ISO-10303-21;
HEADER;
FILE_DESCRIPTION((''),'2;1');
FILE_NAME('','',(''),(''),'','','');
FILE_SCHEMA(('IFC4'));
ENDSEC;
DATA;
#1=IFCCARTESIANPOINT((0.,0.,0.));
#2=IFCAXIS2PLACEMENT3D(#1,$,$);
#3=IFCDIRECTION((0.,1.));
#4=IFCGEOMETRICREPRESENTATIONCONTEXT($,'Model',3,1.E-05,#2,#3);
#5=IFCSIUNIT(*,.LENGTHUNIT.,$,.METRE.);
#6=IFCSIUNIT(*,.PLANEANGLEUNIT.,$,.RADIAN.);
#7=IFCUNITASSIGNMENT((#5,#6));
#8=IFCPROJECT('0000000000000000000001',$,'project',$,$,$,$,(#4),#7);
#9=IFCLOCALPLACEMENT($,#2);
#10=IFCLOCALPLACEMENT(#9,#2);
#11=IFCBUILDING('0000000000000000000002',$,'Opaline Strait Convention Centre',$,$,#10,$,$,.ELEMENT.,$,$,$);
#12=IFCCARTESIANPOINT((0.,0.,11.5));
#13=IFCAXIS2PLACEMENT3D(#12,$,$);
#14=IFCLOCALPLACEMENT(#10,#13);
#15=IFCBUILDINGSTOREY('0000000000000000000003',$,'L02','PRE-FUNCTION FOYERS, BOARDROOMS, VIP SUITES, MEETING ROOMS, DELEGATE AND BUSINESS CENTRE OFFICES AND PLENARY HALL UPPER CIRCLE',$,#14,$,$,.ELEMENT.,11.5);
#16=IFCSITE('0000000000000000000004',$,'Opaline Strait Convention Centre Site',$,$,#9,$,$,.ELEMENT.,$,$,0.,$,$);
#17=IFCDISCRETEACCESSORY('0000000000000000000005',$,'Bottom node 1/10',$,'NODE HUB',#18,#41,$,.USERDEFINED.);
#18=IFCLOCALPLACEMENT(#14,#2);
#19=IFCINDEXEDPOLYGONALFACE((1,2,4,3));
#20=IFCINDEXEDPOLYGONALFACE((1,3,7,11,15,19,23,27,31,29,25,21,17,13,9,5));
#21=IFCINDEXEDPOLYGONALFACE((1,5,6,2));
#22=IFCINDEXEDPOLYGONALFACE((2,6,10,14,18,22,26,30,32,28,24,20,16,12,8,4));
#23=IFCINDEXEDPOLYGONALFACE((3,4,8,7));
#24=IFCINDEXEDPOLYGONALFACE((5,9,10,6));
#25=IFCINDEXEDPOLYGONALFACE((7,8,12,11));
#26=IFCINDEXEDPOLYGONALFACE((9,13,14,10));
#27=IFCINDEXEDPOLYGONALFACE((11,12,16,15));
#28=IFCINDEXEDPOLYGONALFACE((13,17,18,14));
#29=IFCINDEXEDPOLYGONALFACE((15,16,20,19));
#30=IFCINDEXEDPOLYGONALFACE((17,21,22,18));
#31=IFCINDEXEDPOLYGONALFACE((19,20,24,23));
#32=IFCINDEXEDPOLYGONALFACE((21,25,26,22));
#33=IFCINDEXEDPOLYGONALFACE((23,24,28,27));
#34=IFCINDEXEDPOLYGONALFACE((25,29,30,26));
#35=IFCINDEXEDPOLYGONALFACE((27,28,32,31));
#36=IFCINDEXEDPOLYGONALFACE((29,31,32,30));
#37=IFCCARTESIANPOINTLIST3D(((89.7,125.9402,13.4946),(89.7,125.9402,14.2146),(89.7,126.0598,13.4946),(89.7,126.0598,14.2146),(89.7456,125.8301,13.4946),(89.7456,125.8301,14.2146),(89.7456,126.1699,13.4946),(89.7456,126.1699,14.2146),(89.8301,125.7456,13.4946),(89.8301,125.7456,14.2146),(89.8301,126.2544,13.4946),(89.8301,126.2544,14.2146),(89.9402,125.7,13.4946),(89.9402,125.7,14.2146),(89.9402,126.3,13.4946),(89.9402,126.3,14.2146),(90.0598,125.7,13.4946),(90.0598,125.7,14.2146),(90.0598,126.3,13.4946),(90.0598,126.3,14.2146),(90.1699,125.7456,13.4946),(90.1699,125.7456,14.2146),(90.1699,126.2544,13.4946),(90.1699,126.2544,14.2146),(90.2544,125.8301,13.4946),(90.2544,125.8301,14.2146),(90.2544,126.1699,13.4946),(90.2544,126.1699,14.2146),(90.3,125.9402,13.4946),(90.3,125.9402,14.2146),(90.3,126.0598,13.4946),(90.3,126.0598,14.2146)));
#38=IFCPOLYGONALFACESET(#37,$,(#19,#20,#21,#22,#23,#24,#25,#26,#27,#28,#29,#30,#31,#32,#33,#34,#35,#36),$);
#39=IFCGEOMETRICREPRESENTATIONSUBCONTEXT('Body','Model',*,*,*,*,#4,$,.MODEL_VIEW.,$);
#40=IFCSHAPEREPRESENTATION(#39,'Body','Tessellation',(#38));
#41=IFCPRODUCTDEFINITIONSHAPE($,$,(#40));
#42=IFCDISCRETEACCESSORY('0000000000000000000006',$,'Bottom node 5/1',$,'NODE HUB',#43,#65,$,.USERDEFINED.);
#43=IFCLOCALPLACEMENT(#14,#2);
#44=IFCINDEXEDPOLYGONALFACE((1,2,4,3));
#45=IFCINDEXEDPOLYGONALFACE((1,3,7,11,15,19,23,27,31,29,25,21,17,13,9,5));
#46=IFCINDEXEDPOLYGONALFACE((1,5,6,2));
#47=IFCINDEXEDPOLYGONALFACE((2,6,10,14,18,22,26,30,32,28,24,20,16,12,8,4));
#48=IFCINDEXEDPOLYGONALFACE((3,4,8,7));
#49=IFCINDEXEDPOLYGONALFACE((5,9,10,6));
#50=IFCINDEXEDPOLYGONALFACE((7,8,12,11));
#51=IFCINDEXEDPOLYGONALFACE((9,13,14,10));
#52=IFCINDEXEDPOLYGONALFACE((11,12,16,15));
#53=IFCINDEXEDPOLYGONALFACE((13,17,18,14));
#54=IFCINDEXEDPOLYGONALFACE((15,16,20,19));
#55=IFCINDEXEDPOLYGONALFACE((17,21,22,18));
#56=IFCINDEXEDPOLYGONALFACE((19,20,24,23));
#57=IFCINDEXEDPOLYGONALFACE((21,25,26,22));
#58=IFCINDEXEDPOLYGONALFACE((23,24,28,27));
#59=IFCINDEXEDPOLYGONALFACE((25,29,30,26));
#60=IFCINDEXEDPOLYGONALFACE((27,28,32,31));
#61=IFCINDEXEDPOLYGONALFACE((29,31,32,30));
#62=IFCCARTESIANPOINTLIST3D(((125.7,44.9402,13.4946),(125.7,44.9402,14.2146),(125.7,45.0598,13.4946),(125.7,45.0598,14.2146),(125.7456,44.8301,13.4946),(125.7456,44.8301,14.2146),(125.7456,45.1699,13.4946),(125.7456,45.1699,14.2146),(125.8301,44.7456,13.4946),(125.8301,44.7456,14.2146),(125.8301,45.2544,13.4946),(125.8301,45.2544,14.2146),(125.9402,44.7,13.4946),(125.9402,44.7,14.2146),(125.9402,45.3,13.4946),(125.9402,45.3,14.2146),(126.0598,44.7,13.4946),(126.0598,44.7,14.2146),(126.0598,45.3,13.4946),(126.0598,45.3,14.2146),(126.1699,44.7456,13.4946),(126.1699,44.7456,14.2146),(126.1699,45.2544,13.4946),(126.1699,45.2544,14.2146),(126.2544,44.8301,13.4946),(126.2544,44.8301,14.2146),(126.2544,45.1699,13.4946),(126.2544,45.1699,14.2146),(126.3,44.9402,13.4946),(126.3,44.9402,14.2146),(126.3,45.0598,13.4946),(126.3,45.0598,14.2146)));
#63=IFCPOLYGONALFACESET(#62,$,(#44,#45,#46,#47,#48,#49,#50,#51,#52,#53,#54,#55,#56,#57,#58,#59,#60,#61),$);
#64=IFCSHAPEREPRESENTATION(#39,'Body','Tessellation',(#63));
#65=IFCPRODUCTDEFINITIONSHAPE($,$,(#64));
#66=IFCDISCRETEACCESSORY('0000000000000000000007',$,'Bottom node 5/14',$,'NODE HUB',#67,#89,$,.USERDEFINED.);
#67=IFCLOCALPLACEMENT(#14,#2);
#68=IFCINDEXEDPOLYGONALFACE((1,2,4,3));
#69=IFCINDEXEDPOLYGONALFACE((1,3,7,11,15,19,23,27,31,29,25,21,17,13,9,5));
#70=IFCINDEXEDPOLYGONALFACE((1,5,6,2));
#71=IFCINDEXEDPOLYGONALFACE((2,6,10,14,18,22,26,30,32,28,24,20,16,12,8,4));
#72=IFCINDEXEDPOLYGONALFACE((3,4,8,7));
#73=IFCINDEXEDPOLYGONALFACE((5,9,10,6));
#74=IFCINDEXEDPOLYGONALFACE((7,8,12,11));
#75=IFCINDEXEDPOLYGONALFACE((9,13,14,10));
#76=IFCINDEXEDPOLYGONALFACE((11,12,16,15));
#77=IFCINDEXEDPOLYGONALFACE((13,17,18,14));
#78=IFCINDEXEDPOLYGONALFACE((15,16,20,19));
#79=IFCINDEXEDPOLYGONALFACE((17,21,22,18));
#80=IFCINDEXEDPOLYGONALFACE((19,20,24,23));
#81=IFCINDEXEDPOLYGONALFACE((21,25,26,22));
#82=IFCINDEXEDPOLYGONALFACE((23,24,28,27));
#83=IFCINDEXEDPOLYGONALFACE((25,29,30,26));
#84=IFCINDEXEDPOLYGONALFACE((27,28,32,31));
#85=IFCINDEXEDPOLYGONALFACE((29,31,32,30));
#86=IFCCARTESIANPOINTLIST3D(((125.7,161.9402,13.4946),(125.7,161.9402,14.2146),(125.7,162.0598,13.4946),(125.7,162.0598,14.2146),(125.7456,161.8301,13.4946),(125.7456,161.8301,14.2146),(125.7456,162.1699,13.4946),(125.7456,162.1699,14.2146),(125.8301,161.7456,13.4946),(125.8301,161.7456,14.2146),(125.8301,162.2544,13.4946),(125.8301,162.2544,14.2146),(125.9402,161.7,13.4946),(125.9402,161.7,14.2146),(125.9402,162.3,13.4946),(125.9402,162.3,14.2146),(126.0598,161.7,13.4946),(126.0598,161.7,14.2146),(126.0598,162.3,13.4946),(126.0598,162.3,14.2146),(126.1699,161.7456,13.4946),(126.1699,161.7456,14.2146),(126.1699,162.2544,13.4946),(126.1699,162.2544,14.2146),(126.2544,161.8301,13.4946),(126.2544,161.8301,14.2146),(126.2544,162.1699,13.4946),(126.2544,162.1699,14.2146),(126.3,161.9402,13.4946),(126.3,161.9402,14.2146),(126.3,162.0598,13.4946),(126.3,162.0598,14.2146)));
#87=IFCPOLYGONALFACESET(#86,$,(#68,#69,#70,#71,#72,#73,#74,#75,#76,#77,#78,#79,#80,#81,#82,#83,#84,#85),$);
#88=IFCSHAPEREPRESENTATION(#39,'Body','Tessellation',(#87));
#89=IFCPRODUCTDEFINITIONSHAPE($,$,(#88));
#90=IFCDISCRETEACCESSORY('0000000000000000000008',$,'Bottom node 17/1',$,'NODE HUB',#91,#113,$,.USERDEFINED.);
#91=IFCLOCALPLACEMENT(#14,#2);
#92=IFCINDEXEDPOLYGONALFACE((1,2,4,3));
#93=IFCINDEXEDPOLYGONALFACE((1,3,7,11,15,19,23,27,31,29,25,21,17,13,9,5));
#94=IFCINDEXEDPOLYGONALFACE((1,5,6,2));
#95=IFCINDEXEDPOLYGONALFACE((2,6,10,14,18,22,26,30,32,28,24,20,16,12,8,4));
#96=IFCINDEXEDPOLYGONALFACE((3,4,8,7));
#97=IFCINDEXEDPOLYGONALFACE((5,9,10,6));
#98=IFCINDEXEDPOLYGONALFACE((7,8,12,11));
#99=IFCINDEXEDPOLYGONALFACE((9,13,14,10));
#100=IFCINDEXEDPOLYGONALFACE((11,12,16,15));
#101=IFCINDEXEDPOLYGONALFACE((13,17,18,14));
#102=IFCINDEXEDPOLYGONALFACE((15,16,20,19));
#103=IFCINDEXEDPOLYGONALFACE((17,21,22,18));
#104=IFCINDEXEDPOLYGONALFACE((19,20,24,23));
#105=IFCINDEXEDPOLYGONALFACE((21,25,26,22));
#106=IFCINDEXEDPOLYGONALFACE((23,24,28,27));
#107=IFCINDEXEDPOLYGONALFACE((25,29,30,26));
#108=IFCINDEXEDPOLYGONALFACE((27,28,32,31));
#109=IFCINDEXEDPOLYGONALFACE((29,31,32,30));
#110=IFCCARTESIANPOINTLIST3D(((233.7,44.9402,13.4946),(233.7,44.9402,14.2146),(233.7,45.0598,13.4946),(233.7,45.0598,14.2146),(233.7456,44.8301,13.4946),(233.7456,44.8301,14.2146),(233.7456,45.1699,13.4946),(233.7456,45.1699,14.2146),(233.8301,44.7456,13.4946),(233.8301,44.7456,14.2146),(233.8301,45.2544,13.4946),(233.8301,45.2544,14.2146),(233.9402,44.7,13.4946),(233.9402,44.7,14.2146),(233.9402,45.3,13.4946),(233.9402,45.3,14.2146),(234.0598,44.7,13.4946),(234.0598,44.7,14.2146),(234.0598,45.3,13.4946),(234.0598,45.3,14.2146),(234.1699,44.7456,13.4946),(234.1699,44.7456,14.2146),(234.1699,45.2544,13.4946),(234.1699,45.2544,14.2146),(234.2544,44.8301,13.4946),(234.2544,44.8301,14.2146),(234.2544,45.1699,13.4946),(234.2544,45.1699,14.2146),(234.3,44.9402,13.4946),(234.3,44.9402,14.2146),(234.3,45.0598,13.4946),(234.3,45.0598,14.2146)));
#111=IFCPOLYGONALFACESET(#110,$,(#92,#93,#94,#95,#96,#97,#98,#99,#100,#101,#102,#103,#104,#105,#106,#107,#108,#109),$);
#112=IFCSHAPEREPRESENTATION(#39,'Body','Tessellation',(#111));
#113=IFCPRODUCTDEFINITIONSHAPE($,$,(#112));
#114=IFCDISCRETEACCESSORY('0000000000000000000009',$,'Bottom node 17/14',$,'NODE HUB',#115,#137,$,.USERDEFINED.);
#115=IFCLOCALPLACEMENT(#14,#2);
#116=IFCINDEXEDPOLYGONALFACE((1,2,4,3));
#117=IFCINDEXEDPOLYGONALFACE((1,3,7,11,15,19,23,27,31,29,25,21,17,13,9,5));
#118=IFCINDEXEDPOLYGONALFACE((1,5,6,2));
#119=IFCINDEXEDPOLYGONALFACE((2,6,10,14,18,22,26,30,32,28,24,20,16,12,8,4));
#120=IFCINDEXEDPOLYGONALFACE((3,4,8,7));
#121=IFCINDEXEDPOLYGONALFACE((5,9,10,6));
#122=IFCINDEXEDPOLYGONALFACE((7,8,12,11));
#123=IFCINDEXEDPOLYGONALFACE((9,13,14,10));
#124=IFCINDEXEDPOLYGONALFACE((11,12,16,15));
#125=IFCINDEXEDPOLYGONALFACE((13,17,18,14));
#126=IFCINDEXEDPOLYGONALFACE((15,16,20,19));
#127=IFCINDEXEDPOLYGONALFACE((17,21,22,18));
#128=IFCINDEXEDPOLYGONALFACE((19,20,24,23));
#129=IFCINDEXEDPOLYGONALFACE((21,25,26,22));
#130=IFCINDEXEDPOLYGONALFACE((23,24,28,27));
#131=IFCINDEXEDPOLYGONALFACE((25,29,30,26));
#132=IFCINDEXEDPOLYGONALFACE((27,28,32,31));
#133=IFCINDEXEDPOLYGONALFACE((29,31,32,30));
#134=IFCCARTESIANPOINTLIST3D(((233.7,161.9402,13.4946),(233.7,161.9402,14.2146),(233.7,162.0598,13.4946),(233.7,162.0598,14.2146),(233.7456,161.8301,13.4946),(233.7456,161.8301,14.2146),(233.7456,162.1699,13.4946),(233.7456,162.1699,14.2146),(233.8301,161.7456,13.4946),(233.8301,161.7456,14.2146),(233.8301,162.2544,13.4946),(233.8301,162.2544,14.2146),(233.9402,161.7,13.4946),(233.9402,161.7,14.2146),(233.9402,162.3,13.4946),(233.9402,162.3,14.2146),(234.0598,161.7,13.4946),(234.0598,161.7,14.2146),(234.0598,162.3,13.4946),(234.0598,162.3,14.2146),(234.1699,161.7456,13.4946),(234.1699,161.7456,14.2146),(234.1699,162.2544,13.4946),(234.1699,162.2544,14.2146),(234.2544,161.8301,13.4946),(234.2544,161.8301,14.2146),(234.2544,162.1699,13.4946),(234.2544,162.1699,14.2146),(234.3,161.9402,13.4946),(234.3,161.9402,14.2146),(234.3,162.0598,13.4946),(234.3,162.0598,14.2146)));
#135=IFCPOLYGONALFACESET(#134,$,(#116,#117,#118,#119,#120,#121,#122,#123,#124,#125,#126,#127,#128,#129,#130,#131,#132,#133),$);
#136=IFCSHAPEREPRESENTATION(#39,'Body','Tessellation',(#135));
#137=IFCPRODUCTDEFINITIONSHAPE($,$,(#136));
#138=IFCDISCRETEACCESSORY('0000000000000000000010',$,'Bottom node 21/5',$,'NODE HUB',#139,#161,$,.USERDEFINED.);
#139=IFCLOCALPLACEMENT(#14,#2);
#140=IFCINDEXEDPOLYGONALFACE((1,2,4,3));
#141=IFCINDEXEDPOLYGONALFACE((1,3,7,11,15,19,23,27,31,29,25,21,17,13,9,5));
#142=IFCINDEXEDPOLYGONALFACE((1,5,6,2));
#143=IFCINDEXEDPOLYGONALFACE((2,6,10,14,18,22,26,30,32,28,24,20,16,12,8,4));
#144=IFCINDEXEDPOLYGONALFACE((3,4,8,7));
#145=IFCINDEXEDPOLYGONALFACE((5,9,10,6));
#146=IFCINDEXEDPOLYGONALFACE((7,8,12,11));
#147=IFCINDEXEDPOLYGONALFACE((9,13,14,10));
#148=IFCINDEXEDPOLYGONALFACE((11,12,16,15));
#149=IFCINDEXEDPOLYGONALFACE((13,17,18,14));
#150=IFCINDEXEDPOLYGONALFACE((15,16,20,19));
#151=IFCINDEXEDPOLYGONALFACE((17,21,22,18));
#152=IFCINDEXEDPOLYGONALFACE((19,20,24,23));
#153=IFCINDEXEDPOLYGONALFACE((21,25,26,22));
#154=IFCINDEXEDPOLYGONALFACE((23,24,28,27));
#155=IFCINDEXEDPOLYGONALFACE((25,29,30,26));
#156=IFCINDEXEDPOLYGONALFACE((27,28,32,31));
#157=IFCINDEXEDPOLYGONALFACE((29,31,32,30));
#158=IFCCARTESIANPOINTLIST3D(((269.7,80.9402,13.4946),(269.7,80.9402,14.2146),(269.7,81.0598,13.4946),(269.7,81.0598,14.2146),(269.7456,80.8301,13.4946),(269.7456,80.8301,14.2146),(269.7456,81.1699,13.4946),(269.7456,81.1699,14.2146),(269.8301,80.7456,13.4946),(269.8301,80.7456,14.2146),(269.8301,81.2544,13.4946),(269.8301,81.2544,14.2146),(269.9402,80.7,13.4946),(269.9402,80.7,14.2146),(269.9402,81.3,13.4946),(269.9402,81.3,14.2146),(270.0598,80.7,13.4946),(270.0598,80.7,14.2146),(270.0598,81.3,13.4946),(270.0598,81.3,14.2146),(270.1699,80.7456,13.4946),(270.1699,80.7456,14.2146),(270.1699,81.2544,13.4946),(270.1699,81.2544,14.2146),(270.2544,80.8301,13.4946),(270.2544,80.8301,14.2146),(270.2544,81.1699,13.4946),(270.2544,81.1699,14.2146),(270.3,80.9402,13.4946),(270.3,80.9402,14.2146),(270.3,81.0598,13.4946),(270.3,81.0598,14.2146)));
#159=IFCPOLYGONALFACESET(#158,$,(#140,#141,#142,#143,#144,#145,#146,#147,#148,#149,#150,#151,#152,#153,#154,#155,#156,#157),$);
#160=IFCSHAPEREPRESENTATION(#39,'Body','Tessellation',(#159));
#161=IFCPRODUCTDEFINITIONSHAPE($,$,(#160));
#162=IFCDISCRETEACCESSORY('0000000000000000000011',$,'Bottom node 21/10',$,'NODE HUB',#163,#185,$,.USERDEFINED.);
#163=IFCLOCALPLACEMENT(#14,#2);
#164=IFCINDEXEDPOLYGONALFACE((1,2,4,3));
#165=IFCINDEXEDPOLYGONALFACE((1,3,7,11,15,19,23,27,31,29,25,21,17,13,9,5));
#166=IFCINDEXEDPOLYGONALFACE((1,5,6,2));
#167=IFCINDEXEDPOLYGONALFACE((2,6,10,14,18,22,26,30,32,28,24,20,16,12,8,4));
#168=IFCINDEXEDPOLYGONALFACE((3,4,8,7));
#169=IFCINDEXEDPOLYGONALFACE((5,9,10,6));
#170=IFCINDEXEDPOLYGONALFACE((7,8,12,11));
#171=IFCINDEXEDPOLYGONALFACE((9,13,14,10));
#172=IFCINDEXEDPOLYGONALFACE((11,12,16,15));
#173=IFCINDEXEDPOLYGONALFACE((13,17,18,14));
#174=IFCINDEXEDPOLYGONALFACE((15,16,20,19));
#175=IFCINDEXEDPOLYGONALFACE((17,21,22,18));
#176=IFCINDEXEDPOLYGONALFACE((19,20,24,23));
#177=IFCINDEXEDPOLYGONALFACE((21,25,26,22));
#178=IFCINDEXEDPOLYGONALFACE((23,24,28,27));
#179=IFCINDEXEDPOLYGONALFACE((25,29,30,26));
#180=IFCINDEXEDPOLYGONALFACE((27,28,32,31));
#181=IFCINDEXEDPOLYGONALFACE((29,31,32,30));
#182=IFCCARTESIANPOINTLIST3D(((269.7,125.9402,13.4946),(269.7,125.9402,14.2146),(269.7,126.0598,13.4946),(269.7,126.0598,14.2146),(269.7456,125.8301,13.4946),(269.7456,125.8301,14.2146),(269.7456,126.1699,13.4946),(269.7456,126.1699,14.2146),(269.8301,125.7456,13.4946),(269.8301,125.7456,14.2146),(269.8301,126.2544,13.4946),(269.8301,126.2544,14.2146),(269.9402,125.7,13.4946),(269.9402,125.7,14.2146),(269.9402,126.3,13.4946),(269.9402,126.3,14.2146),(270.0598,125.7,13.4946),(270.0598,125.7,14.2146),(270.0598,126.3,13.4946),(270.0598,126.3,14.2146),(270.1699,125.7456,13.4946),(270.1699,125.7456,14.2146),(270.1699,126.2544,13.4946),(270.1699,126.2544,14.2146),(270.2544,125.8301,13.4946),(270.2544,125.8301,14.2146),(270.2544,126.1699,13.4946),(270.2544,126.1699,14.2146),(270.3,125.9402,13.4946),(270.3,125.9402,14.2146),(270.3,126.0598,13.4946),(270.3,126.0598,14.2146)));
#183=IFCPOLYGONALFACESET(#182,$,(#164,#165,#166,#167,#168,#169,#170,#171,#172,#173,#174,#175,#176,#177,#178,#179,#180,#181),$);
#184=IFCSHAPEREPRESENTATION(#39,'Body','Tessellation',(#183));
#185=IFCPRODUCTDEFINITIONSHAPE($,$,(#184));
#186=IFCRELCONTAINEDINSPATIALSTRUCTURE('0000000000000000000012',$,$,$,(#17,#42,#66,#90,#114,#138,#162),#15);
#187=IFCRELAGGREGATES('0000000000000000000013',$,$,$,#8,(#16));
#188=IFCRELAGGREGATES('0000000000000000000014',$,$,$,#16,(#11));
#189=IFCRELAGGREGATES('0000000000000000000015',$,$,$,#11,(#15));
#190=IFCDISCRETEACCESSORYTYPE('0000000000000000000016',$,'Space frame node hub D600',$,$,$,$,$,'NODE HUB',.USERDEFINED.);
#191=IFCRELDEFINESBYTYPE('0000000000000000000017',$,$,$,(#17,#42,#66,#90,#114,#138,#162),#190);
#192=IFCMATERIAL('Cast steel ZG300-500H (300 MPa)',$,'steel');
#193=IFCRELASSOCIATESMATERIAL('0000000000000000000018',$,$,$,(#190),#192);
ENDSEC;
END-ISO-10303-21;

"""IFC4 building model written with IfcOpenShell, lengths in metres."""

from ifc_helpers import new_model, si_unit, direction, frame, origin, place, context, subcontext, project, spatial, polyline, outline, extrude, material, type_object, element, save


model = new_model("IFC4")

# Units and contexts
model_context = context("Model", 3, precision=1e-05, world=origin(), true_north=direction((0.0, 1.0)))
body_context = subcontext(model_context, "Body", "Model", "MODEL_VIEW")
ifc_project = project(units=[si_unit("LENGTHUNIT", "METRE"), si_unit("PLANEANGLEUNIT", "RADIAN")], contexts=[model_context])

# Site, building, storey
site_placement = place(None, origin())
site = spatial("IfcSite", under=ifc_project, at=site_placement, Name="Opaline Strait Convention Centre Site", CompositionType="ELEMENT", RefElevation=0.0)
building_placement = place(site_placement, origin())
building = spatial("IfcBuilding", under=site, at=building_placement, Name="Opaline Strait Convention Centre", CompositionType="ELEMENT")
storey_placement = place(building_placement, frame((0.0, 0.0, 11.5)))
storey = spatial("IfcBuildingStorey", under=building, at=storey_placement, Name="L02", Description="PRE-FUNCTION FOYERS, BOARDROOMS, VIP SUITES, MEETING ROOMS, DELEGATE AND BUSINESS CENTRE OFFICES AND PLENARY HALL UPPER CIRCLE", CompositionType="ELEMENT", Elevation=11.5)

# Discrete accessories
ifc_material = material(Name="Cast steel ZG300-500H (300 MPa)", Category="steel")
discrete_accessory_type_1 = type_object("IfcDiscreteAccessoryType", Name="Space frame node hub D600", ElementType="NODE HUB", PredefinedType="USERDEFINED", material=ifc_material)
discrete_accessory_1_placement = place(storey_placement, frame((0.0, 0.0, 13.4946)))
element("IfcDiscreteAccessory", 1, at=discrete_accessory_1_placement, inside=storey, type_object=discrete_accessory_type_1, Name="Bottom node 1/10", ObjectType="NODE HUB", PredefinedType="USERDEFINED", context=body_context, shape_type="SweptSolid", body=[
    extrude(outline(polyline([(90.3, 126.0598), (90.2544, 126.1699), (90.1699, 126.2544), (90.0598, 126.3), (89.9402, 126.3), (89.8301, 126.2544), (89.7456, 126.1699), (89.7, 126.0598), (89.7, 125.9402), (89.7456, 125.8301), (89.8301, 125.7456), (89.9402, 125.7), (90.0598, 125.7), (90.1699, 125.7456), (90.2544, 125.8301), (90.3, 125.9402), (90.3, 126.0598)])), origin(), (0.0, 0.0, 1.0), 0.72),
])
discrete_accessory_2_placement = place(storey_placement, frame((0.0, 0.0, 13.4946)))
element("IfcDiscreteAccessory", 2, at=discrete_accessory_2_placement, inside=storey, type_object=discrete_accessory_type_1, Name="Bottom node 5/1", ObjectType="NODE HUB", PredefinedType="USERDEFINED", context=body_context, shape_type="SweptSolid", body=[
    extrude(outline(polyline([(126.3, 45.0598), (126.2544, 45.1699), (126.1699, 45.2544), (126.0598, 45.3), (125.9402, 45.3), (125.8301, 45.2544), (125.7456, 45.1699), (125.7, 45.0598), (125.7, 44.9402), (125.7456, 44.8301), (125.8301, 44.7456), (125.9402, 44.7), (126.0598, 44.7), (126.1699, 44.7456), (126.2544, 44.8301), (126.3, 44.9402), (126.3, 45.0598)])), origin(), (0.0, 0.0, 1.0), 0.72),
])
discrete_accessory_3_placement = place(storey_placement, frame((0.0, 0.0, 13.4946)))
element("IfcDiscreteAccessory", 3, at=discrete_accessory_3_placement, inside=storey, type_object=discrete_accessory_type_1, Name="Bottom node 5/14", ObjectType="NODE HUB", PredefinedType="USERDEFINED", context=body_context, shape_type="SweptSolid", body=[
    extrude(outline(polyline([(126.3, 162.0598), (126.2544, 162.1699), (126.1699, 162.2544), (126.0598, 162.3), (125.9402, 162.3), (125.8301, 162.2544), (125.7456, 162.1699), (125.7, 162.0598), (125.7, 161.9402), (125.7456, 161.8301), (125.8301, 161.7456), (125.9402, 161.7), (126.0598, 161.7), (126.1699, 161.7456), (126.2544, 161.8301), (126.3, 161.9402), (126.3, 162.0598)])), origin(), (0.0, 0.0, 1.0), 0.72),
])
discrete_accessory_4_placement = place(storey_placement, frame((0.0, 0.0, 13.4946)))
element("IfcDiscreteAccessory", 4, at=discrete_accessory_4_placement, inside=storey, type_object=discrete_accessory_type_1, Name="Bottom node 17/1", ObjectType="NODE HUB", PredefinedType="USERDEFINED", context=body_context, shape_type="SweptSolid", body=[
    extrude(outline(polyline([(234.3, 45.0598), (234.2544, 45.1699), (234.1699, 45.2544), (234.0598, 45.3), (233.9402, 45.3), (233.8301, 45.2544), (233.7456, 45.1699), (233.7, 45.0598), (233.7, 44.9402), (233.7456, 44.8301), (233.8301, 44.7456), (233.9402, 44.7), (234.0598, 44.7), (234.1699, 44.7456), (234.2544, 44.8301), (234.3, 44.9402), (234.3, 45.0598)])), origin(), (0.0, 0.0, 1.0), 0.72),
])
discrete_accessory_5_placement = place(storey_placement, frame((0.0, 0.0, 13.4946)))
element("IfcDiscreteAccessory", 5, at=discrete_accessory_5_placement, inside=storey, type_object=discrete_accessory_type_1, Name="Bottom node 17/14", ObjectType="NODE HUB", PredefinedType="USERDEFINED", context=body_context, shape_type="SweptSolid", body=[
    extrude(outline(polyline([(234.3, 162.0598), (234.2544, 162.1699), (234.1699, 162.2544), (234.0598, 162.3), (233.9402, 162.3), (233.8301, 162.2544), (233.7456, 162.1699), (233.7, 162.0598), (233.7, 161.9402), (233.7456, 161.8301), (233.8301, 161.7456), (233.9402, 161.7), (234.0598, 161.7), (234.1699, 161.7456), (234.2544, 161.8301), (234.3, 161.9402), (234.3, 162.0598)])), origin(), (0.0, 0.0, 1.0), 0.72),
])
discrete_accessory_6_placement = place(storey_placement, frame((0.0, 0.0, 13.4946)))
element("IfcDiscreteAccessory", 6, at=discrete_accessory_6_placement, inside=storey, type_object=discrete_accessory_type_1, Name="Bottom node 21/5", ObjectType="NODE HUB", PredefinedType="USERDEFINED", context=body_context, shape_type="SweptSolid", body=[
    extrude(outline(polyline([(270.3, 81.0598), (270.2544, 81.1699), (270.1699, 81.2544), (270.0598, 81.3), (269.9402, 81.3), (269.8301, 81.2544), (269.7456, 81.1699), (269.7, 81.0598), (269.7, 80.9402), (269.7456, 80.8301), (269.8301, 80.7456), (269.9402, 80.7), (270.0598, 80.7), (270.1699, 80.7456), (270.2544, 80.8301), (270.3, 80.9402), (270.3, 81.0598)])), origin(), (0.0, 0.0, 1.0), 0.72),
])
discrete_accessory_7_placement = place(storey_placement, frame((0.0, 0.0, 13.4946)))
element("IfcDiscreteAccessory", 7, at=discrete_accessory_7_placement, inside=storey, type_object=discrete_accessory_type_1, Name="Bottom node 21/10", ObjectType="NODE HUB", PredefinedType="USERDEFINED", context=body_context, shape_type="SweptSolid", body=[
    extrude(outline(polyline([(270.3, 126.0598), (270.2544, 126.1699), (270.1699, 126.2544), (270.0598, 126.3), (269.9402, 126.3), (269.8301, 126.2544), (269.7456, 126.1699), (269.7, 126.0598), (269.7, 125.9402), (269.7456, 125.8301), (269.8301, 125.7456), (269.9402, 125.7), (270.0598, 125.7), (270.1699, 125.7456), (270.2544, 125.8301), (270.3, 125.9402), (270.3, 126.0598)])), origin(), (0.0, 0.0, 1.0), 0.72),
])

save(model, "model.ifc")
